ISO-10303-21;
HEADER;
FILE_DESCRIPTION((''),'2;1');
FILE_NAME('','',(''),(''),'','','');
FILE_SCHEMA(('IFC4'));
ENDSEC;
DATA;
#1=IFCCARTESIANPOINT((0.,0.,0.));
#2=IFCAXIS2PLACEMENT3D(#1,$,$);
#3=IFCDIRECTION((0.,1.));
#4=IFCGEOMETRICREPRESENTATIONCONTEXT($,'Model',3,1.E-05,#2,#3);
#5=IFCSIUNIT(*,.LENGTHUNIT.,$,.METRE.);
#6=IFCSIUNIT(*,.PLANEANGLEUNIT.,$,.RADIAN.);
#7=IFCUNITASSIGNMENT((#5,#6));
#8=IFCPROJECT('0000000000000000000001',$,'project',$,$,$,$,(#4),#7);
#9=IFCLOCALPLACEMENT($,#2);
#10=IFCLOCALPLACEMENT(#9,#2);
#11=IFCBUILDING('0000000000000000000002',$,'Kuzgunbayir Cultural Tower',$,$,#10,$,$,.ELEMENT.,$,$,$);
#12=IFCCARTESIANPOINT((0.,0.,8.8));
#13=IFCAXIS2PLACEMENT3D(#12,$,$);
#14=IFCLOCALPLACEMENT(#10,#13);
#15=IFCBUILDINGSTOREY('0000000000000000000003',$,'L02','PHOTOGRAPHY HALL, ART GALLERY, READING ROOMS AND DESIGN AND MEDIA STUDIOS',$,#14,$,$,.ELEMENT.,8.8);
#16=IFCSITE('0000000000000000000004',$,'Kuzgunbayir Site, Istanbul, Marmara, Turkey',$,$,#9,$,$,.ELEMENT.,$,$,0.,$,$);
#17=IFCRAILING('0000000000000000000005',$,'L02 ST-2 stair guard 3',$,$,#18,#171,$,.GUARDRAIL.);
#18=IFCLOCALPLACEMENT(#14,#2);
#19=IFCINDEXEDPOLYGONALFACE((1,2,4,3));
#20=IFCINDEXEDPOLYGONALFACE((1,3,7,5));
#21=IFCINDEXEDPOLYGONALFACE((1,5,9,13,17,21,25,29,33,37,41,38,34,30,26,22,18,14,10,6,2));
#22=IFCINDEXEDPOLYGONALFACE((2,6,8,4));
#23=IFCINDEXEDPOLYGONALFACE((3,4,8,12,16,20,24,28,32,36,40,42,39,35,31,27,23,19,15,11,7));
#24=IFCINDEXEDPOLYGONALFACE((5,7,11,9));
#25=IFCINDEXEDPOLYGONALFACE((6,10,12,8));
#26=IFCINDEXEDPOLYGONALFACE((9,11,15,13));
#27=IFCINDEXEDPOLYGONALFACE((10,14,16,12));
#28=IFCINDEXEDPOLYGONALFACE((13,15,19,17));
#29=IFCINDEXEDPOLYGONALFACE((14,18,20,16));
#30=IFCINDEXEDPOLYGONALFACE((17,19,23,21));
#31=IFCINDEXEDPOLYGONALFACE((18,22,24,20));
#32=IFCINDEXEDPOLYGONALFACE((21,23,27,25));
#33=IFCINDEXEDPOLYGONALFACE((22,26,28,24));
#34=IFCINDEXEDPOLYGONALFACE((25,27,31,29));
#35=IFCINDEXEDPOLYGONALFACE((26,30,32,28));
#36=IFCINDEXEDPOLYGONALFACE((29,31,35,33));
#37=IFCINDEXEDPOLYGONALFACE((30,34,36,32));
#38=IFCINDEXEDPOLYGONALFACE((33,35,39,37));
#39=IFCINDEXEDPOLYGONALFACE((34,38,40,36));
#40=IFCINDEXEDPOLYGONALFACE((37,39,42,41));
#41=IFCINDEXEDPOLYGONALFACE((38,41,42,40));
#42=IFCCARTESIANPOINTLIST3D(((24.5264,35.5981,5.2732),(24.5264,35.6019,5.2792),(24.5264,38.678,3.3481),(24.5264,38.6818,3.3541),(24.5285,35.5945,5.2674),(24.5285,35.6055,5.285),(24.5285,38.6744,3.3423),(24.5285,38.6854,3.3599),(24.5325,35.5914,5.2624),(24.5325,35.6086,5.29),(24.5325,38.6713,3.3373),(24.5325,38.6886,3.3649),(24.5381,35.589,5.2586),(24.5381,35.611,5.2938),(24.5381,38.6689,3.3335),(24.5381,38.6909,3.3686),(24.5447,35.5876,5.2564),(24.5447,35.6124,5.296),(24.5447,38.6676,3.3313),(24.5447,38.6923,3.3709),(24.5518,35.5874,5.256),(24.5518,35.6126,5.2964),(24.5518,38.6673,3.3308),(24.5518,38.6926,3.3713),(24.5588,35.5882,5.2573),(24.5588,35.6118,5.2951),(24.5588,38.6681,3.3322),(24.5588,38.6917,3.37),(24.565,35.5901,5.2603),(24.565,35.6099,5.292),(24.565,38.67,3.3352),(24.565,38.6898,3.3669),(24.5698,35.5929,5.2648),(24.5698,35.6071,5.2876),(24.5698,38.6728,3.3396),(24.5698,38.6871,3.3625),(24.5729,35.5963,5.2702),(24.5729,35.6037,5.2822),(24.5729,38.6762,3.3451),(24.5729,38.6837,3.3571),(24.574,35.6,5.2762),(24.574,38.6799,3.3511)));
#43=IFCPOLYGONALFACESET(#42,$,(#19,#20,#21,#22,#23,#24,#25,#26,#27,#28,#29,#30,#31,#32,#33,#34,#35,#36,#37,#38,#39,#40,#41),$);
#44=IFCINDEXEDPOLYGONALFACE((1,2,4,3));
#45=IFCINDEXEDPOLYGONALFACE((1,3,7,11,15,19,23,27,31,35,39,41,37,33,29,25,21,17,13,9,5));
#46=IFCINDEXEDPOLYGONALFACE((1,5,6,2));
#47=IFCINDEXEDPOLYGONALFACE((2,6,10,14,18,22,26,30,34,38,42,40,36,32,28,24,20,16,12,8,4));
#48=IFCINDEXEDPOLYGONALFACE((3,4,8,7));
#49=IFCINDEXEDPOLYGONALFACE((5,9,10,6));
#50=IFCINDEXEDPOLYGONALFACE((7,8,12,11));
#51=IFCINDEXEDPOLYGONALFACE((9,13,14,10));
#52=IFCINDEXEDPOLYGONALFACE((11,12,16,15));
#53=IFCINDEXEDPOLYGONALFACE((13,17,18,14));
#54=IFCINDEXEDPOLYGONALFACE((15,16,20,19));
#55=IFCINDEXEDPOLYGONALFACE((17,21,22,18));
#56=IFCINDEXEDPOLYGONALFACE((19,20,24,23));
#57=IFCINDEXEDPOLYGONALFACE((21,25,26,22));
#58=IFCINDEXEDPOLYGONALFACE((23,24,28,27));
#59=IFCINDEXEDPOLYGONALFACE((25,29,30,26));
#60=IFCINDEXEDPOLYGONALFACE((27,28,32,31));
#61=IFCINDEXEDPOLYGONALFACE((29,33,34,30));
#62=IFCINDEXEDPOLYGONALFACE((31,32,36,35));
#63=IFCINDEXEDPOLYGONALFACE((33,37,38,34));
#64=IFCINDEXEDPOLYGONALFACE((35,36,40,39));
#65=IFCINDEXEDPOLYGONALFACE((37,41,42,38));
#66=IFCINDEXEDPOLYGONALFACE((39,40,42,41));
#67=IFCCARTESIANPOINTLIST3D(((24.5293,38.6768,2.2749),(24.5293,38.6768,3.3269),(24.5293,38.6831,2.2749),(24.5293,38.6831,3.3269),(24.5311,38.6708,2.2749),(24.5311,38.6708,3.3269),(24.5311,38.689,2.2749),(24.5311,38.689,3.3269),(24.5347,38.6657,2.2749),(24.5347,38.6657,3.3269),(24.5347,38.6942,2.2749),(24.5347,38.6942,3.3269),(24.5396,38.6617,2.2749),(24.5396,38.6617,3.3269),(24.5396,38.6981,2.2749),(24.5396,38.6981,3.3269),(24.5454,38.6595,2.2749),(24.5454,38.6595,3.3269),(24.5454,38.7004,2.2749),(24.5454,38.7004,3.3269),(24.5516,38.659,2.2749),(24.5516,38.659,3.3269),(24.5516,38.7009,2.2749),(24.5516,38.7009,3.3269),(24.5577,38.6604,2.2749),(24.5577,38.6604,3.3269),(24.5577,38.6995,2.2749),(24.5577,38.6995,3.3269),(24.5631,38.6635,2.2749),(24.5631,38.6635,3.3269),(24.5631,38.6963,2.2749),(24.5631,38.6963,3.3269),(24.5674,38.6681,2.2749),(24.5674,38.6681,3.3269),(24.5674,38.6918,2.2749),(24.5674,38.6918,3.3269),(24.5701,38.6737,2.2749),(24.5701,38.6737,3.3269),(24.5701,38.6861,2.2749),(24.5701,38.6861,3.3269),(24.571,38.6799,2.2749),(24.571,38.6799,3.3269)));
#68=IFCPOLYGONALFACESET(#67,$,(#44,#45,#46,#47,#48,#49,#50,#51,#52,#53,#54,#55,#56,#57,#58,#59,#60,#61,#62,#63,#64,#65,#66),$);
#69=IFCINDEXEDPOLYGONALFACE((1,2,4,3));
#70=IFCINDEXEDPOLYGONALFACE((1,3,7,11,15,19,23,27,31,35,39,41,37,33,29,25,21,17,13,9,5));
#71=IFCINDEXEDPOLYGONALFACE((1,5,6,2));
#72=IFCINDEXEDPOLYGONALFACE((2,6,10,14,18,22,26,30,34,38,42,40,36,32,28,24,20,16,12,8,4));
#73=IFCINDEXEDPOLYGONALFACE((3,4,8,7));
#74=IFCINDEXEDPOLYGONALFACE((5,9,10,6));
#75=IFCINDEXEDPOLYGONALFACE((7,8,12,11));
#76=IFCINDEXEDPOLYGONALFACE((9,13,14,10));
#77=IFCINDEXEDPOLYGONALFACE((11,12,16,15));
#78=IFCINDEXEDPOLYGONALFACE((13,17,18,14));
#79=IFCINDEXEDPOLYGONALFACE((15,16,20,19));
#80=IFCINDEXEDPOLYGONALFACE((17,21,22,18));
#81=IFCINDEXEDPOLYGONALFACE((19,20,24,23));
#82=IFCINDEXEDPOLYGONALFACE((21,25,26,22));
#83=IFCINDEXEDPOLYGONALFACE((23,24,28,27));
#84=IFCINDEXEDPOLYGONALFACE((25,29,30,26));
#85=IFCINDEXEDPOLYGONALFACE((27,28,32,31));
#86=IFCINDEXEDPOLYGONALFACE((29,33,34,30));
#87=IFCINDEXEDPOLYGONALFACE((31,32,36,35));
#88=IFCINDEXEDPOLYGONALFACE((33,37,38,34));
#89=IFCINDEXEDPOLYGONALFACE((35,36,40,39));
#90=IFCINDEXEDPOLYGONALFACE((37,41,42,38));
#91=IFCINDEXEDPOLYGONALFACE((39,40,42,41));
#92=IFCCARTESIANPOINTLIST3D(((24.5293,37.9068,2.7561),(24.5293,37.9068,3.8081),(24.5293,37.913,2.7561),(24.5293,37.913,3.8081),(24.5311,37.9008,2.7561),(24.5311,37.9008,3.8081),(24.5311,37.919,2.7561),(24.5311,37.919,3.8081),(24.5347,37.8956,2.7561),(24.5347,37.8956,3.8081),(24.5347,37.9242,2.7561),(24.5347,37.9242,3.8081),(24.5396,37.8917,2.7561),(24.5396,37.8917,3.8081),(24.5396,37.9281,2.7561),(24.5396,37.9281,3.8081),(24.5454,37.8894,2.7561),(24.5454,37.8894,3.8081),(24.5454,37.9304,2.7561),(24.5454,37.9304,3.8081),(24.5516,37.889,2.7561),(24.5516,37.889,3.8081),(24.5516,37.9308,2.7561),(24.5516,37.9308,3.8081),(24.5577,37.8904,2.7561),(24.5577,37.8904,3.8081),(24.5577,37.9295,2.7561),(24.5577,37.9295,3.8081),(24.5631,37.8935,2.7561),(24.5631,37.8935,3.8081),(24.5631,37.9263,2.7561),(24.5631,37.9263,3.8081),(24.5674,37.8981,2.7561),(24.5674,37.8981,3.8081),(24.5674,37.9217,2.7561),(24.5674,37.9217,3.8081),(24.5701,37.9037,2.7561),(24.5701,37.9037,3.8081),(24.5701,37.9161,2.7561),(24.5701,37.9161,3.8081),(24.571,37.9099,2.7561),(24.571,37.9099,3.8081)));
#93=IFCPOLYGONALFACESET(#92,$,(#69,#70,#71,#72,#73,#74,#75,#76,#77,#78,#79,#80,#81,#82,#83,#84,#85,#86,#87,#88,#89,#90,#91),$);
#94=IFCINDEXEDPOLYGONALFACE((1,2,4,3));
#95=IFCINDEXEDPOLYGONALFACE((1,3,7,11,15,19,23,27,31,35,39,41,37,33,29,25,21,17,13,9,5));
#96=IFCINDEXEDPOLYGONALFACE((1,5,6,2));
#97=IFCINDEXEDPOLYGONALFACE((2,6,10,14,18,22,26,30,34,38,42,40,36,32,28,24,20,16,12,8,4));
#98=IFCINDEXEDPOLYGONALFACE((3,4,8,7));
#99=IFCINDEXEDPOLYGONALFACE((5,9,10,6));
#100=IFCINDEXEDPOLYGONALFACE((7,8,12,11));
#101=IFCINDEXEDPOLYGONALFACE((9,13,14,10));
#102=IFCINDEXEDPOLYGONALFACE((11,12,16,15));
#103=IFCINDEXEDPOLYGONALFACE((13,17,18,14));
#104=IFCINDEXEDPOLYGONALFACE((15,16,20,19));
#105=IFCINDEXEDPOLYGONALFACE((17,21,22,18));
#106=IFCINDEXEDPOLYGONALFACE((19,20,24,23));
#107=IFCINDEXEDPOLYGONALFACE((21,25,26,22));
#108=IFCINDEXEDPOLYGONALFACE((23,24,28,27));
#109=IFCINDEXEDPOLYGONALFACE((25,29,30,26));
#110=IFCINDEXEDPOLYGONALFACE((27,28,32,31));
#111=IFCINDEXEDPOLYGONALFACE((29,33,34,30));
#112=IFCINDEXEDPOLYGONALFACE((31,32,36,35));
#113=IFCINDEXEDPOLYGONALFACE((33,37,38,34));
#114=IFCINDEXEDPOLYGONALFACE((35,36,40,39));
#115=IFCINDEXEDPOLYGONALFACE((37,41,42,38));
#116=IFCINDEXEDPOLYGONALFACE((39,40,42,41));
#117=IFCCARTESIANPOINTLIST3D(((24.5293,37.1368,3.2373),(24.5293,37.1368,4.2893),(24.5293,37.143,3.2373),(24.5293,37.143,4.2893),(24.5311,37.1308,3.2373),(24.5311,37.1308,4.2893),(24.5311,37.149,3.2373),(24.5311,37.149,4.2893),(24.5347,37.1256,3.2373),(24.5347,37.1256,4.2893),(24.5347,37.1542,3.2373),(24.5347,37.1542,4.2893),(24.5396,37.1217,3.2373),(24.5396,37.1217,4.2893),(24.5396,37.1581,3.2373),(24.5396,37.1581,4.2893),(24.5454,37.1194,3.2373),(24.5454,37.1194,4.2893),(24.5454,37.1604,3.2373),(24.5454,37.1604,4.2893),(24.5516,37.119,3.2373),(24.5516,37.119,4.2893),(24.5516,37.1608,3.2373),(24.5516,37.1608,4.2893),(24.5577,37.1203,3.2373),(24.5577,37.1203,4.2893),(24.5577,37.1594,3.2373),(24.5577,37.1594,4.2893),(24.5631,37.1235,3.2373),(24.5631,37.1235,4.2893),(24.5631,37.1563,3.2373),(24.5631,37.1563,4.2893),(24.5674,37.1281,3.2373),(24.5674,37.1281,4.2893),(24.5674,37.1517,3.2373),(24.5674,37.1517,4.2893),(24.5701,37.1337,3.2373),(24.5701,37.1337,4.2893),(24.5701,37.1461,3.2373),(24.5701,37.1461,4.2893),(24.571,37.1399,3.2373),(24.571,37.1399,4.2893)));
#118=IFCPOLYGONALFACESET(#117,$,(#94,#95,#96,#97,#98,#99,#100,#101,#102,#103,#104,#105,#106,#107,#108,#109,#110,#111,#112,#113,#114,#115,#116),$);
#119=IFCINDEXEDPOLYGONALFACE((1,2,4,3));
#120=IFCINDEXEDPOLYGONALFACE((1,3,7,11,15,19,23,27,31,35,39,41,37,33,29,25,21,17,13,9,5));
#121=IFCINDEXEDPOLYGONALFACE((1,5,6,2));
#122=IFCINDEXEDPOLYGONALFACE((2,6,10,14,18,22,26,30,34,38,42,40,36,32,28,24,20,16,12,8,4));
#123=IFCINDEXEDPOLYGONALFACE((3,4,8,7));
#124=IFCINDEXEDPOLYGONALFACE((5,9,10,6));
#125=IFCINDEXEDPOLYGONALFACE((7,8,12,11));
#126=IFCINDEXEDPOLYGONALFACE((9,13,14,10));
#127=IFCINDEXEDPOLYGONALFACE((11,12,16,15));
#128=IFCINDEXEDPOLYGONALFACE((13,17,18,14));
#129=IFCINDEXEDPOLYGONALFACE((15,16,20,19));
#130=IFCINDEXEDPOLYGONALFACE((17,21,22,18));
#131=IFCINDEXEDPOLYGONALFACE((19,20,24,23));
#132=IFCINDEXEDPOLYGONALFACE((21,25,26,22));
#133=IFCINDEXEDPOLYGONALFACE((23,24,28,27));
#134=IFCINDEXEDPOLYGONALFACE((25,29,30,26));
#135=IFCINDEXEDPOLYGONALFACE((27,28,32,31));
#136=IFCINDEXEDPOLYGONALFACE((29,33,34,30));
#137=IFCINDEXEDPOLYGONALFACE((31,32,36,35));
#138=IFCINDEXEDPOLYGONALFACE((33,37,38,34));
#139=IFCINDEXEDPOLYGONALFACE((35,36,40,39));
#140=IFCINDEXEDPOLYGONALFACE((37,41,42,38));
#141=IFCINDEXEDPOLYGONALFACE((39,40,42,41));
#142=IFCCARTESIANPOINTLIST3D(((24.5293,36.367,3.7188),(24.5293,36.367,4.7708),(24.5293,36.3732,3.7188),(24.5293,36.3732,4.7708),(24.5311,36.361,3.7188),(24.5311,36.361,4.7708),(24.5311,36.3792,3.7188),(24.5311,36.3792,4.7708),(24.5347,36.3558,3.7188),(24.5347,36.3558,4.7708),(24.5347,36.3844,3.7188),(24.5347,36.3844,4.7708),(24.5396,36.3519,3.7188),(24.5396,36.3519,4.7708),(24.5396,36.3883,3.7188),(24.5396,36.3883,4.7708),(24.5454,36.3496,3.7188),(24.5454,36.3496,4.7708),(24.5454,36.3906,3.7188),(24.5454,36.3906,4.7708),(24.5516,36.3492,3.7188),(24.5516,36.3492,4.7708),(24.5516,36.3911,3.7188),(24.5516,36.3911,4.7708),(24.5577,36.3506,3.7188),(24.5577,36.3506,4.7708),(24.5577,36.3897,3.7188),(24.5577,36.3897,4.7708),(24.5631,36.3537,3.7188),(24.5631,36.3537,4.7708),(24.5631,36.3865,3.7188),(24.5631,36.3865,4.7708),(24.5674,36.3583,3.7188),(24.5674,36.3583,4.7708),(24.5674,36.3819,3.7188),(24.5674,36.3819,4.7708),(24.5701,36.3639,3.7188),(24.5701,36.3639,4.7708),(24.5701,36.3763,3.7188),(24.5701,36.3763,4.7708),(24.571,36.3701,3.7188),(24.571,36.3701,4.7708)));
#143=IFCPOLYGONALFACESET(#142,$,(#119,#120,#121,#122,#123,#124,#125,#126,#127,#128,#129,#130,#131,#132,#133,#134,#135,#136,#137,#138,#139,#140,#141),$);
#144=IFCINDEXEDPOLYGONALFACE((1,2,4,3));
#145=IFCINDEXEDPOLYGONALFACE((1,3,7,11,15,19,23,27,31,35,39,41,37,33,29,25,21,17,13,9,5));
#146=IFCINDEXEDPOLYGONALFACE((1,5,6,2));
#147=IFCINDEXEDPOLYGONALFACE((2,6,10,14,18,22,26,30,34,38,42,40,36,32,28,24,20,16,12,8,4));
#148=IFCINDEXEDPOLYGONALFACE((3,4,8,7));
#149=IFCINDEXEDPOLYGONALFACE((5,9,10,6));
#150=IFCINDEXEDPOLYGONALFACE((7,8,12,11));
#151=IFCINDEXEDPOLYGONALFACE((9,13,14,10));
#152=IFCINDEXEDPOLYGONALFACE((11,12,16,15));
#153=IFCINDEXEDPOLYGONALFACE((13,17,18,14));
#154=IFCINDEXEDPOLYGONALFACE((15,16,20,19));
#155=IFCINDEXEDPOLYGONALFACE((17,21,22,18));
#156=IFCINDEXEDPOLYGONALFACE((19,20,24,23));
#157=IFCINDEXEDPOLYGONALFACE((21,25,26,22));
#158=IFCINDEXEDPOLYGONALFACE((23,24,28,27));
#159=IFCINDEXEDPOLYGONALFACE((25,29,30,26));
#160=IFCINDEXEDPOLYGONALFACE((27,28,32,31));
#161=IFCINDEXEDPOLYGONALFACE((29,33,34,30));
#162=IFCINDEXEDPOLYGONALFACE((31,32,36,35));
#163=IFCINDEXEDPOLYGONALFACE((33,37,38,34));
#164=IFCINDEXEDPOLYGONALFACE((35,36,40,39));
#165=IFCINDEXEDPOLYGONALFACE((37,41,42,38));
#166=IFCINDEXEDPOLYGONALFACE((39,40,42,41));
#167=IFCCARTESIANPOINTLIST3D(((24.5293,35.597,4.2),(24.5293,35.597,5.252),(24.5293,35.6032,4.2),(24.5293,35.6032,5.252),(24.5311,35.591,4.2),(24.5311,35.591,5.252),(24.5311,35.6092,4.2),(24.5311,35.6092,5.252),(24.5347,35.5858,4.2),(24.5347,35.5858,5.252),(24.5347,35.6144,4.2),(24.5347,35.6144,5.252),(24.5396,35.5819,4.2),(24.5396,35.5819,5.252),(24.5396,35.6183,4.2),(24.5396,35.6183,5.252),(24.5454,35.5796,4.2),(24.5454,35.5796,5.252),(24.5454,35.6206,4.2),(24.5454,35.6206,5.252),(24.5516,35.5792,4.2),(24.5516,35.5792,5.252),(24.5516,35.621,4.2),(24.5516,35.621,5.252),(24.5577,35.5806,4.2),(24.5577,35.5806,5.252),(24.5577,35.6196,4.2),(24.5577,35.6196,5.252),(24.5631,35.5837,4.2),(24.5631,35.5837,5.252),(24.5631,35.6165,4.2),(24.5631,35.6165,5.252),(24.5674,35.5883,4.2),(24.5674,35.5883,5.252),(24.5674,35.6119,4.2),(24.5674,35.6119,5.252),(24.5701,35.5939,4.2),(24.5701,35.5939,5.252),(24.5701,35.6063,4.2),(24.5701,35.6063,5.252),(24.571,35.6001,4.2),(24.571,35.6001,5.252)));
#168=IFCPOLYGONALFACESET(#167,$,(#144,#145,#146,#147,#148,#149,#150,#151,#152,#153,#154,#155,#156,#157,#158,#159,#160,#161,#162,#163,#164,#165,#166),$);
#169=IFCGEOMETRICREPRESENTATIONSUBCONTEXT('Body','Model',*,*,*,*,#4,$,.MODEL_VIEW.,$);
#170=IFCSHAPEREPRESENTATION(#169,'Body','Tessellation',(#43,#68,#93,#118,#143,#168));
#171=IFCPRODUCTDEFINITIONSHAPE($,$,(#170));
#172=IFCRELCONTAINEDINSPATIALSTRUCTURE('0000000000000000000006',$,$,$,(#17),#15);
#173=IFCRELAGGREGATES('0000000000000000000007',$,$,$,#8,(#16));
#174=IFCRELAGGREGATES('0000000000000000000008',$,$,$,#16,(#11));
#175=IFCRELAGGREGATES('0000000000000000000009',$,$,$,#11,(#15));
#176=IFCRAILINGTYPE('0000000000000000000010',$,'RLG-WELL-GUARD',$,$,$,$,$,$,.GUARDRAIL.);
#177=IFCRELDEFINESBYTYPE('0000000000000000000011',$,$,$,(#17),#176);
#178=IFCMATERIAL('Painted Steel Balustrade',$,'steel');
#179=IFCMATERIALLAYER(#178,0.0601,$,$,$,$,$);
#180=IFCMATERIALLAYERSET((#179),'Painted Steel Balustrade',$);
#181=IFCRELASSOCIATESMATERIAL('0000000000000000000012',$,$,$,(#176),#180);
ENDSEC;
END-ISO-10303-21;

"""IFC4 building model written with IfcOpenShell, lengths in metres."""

from ifc_helpers import new_model, si_unit, direction, frame, origin, origin_2d, place, context, subcontext, project, spatial, circle, extrude, material, layer, layer_set, type_object, element, save


model = new_model("IFC4")

# Units and contexts
model_context = context("Model", 3, precision=1e-05, world=origin(), true_north=direction((0.0, 1.0)))
body_context = subcontext(model_context, "Body", "Model", "MODEL_VIEW")
ifc_project = project(units=[si_unit("LENGTHUNIT", "METRE"), si_unit("PLANEANGLEUNIT", "RADIAN")], contexts=[model_context])

# Site, building, storey
site_placement = place(None, origin())
site = spatial("IfcSite", under=ifc_project, at=site_placement, Name="Kuzgunbayir Site, Istanbul, Marmara, Turkey", CompositionType="ELEMENT", RefElevation=0.0)
building_placement = place(site_placement, origin())
building = spatial("IfcBuilding", under=site, at=building_placement, Name="Kuzgunbayir Cultural Tower", CompositionType="ELEMENT")
storey_placement = place(building_placement, frame((0.0, 0.0, 8.8)))
storey = spatial("IfcBuildingStorey", under=building, at=storey_placement, Name="L02", Description="PHOTOGRAPHY HALL, ART GALLERY, READING ROOMS AND DESIGN AND MEDIA STUDIOS", CompositionType="ELEMENT", Elevation=8.8)

# Railing
ifc_material_1 = material(Name="Painted Steel Balustrade", Category="steel")
ifc_layer_1 = layer(ifc_material_1, 0.0601)
ifc_layer_set_1 = layer_set([ifc_layer_1], Name="Painted Steel Balustrade")
railing_type_1 = type_object("IfcRailingType", Name="RLG-WELL-GUARD", PredefinedType="GUARDRAIL", material=ifc_layer_set_1)
railing_1_placement = place(storey_placement, frame((24.55, 38.6799, 2.2749)))
element("IfcRailing", 1, at=railing_1_placement, inside=storey, type_object=railing_type_1, Name="L02 ST-2 stair guard 3", PredefinedType="GUARDRAIL", context=body_context, shape_type="SweptSolid", body=[
    extrude(circle(Radius=0.0239, at=origin_2d()), frame((0.0, 0.0, 1.0762), z_axis=(0.0, -0.847979, 0.530029), x_axis=(1.0, 0.0, 0.0)), (0.0, 0.0, 1.0), 3.6321),
    extrude(circle(Radius=0.021, at=origin_2d()), origin(), (0.0, 0.0, 1.0), 1.052),
    extrude(circle(Radius=0.021, at=origin_2d()), frame((0.0, -0.77, 0.4812)), (0.0, 0.0, 1.0), 1.052),
    extrude(circle(Radius=0.021, at=origin_2d()), frame((0.0, -1.54, 0.9624)), (0.0, 0.0, 1.0), 1.052),
    extrude(circle(Radius=0.021, at=origin_2d()), frame((0.0, -2.3098, 1.4438)), (0.0, 0.0, 1.0), 1.052),
    extrude(circle(Radius=0.021, at=origin_2d()), frame((0.0, -3.0798, 1.925)), (0.0, 0.0, 1.0), 1.052),
])

save(model, "model.ifc")
